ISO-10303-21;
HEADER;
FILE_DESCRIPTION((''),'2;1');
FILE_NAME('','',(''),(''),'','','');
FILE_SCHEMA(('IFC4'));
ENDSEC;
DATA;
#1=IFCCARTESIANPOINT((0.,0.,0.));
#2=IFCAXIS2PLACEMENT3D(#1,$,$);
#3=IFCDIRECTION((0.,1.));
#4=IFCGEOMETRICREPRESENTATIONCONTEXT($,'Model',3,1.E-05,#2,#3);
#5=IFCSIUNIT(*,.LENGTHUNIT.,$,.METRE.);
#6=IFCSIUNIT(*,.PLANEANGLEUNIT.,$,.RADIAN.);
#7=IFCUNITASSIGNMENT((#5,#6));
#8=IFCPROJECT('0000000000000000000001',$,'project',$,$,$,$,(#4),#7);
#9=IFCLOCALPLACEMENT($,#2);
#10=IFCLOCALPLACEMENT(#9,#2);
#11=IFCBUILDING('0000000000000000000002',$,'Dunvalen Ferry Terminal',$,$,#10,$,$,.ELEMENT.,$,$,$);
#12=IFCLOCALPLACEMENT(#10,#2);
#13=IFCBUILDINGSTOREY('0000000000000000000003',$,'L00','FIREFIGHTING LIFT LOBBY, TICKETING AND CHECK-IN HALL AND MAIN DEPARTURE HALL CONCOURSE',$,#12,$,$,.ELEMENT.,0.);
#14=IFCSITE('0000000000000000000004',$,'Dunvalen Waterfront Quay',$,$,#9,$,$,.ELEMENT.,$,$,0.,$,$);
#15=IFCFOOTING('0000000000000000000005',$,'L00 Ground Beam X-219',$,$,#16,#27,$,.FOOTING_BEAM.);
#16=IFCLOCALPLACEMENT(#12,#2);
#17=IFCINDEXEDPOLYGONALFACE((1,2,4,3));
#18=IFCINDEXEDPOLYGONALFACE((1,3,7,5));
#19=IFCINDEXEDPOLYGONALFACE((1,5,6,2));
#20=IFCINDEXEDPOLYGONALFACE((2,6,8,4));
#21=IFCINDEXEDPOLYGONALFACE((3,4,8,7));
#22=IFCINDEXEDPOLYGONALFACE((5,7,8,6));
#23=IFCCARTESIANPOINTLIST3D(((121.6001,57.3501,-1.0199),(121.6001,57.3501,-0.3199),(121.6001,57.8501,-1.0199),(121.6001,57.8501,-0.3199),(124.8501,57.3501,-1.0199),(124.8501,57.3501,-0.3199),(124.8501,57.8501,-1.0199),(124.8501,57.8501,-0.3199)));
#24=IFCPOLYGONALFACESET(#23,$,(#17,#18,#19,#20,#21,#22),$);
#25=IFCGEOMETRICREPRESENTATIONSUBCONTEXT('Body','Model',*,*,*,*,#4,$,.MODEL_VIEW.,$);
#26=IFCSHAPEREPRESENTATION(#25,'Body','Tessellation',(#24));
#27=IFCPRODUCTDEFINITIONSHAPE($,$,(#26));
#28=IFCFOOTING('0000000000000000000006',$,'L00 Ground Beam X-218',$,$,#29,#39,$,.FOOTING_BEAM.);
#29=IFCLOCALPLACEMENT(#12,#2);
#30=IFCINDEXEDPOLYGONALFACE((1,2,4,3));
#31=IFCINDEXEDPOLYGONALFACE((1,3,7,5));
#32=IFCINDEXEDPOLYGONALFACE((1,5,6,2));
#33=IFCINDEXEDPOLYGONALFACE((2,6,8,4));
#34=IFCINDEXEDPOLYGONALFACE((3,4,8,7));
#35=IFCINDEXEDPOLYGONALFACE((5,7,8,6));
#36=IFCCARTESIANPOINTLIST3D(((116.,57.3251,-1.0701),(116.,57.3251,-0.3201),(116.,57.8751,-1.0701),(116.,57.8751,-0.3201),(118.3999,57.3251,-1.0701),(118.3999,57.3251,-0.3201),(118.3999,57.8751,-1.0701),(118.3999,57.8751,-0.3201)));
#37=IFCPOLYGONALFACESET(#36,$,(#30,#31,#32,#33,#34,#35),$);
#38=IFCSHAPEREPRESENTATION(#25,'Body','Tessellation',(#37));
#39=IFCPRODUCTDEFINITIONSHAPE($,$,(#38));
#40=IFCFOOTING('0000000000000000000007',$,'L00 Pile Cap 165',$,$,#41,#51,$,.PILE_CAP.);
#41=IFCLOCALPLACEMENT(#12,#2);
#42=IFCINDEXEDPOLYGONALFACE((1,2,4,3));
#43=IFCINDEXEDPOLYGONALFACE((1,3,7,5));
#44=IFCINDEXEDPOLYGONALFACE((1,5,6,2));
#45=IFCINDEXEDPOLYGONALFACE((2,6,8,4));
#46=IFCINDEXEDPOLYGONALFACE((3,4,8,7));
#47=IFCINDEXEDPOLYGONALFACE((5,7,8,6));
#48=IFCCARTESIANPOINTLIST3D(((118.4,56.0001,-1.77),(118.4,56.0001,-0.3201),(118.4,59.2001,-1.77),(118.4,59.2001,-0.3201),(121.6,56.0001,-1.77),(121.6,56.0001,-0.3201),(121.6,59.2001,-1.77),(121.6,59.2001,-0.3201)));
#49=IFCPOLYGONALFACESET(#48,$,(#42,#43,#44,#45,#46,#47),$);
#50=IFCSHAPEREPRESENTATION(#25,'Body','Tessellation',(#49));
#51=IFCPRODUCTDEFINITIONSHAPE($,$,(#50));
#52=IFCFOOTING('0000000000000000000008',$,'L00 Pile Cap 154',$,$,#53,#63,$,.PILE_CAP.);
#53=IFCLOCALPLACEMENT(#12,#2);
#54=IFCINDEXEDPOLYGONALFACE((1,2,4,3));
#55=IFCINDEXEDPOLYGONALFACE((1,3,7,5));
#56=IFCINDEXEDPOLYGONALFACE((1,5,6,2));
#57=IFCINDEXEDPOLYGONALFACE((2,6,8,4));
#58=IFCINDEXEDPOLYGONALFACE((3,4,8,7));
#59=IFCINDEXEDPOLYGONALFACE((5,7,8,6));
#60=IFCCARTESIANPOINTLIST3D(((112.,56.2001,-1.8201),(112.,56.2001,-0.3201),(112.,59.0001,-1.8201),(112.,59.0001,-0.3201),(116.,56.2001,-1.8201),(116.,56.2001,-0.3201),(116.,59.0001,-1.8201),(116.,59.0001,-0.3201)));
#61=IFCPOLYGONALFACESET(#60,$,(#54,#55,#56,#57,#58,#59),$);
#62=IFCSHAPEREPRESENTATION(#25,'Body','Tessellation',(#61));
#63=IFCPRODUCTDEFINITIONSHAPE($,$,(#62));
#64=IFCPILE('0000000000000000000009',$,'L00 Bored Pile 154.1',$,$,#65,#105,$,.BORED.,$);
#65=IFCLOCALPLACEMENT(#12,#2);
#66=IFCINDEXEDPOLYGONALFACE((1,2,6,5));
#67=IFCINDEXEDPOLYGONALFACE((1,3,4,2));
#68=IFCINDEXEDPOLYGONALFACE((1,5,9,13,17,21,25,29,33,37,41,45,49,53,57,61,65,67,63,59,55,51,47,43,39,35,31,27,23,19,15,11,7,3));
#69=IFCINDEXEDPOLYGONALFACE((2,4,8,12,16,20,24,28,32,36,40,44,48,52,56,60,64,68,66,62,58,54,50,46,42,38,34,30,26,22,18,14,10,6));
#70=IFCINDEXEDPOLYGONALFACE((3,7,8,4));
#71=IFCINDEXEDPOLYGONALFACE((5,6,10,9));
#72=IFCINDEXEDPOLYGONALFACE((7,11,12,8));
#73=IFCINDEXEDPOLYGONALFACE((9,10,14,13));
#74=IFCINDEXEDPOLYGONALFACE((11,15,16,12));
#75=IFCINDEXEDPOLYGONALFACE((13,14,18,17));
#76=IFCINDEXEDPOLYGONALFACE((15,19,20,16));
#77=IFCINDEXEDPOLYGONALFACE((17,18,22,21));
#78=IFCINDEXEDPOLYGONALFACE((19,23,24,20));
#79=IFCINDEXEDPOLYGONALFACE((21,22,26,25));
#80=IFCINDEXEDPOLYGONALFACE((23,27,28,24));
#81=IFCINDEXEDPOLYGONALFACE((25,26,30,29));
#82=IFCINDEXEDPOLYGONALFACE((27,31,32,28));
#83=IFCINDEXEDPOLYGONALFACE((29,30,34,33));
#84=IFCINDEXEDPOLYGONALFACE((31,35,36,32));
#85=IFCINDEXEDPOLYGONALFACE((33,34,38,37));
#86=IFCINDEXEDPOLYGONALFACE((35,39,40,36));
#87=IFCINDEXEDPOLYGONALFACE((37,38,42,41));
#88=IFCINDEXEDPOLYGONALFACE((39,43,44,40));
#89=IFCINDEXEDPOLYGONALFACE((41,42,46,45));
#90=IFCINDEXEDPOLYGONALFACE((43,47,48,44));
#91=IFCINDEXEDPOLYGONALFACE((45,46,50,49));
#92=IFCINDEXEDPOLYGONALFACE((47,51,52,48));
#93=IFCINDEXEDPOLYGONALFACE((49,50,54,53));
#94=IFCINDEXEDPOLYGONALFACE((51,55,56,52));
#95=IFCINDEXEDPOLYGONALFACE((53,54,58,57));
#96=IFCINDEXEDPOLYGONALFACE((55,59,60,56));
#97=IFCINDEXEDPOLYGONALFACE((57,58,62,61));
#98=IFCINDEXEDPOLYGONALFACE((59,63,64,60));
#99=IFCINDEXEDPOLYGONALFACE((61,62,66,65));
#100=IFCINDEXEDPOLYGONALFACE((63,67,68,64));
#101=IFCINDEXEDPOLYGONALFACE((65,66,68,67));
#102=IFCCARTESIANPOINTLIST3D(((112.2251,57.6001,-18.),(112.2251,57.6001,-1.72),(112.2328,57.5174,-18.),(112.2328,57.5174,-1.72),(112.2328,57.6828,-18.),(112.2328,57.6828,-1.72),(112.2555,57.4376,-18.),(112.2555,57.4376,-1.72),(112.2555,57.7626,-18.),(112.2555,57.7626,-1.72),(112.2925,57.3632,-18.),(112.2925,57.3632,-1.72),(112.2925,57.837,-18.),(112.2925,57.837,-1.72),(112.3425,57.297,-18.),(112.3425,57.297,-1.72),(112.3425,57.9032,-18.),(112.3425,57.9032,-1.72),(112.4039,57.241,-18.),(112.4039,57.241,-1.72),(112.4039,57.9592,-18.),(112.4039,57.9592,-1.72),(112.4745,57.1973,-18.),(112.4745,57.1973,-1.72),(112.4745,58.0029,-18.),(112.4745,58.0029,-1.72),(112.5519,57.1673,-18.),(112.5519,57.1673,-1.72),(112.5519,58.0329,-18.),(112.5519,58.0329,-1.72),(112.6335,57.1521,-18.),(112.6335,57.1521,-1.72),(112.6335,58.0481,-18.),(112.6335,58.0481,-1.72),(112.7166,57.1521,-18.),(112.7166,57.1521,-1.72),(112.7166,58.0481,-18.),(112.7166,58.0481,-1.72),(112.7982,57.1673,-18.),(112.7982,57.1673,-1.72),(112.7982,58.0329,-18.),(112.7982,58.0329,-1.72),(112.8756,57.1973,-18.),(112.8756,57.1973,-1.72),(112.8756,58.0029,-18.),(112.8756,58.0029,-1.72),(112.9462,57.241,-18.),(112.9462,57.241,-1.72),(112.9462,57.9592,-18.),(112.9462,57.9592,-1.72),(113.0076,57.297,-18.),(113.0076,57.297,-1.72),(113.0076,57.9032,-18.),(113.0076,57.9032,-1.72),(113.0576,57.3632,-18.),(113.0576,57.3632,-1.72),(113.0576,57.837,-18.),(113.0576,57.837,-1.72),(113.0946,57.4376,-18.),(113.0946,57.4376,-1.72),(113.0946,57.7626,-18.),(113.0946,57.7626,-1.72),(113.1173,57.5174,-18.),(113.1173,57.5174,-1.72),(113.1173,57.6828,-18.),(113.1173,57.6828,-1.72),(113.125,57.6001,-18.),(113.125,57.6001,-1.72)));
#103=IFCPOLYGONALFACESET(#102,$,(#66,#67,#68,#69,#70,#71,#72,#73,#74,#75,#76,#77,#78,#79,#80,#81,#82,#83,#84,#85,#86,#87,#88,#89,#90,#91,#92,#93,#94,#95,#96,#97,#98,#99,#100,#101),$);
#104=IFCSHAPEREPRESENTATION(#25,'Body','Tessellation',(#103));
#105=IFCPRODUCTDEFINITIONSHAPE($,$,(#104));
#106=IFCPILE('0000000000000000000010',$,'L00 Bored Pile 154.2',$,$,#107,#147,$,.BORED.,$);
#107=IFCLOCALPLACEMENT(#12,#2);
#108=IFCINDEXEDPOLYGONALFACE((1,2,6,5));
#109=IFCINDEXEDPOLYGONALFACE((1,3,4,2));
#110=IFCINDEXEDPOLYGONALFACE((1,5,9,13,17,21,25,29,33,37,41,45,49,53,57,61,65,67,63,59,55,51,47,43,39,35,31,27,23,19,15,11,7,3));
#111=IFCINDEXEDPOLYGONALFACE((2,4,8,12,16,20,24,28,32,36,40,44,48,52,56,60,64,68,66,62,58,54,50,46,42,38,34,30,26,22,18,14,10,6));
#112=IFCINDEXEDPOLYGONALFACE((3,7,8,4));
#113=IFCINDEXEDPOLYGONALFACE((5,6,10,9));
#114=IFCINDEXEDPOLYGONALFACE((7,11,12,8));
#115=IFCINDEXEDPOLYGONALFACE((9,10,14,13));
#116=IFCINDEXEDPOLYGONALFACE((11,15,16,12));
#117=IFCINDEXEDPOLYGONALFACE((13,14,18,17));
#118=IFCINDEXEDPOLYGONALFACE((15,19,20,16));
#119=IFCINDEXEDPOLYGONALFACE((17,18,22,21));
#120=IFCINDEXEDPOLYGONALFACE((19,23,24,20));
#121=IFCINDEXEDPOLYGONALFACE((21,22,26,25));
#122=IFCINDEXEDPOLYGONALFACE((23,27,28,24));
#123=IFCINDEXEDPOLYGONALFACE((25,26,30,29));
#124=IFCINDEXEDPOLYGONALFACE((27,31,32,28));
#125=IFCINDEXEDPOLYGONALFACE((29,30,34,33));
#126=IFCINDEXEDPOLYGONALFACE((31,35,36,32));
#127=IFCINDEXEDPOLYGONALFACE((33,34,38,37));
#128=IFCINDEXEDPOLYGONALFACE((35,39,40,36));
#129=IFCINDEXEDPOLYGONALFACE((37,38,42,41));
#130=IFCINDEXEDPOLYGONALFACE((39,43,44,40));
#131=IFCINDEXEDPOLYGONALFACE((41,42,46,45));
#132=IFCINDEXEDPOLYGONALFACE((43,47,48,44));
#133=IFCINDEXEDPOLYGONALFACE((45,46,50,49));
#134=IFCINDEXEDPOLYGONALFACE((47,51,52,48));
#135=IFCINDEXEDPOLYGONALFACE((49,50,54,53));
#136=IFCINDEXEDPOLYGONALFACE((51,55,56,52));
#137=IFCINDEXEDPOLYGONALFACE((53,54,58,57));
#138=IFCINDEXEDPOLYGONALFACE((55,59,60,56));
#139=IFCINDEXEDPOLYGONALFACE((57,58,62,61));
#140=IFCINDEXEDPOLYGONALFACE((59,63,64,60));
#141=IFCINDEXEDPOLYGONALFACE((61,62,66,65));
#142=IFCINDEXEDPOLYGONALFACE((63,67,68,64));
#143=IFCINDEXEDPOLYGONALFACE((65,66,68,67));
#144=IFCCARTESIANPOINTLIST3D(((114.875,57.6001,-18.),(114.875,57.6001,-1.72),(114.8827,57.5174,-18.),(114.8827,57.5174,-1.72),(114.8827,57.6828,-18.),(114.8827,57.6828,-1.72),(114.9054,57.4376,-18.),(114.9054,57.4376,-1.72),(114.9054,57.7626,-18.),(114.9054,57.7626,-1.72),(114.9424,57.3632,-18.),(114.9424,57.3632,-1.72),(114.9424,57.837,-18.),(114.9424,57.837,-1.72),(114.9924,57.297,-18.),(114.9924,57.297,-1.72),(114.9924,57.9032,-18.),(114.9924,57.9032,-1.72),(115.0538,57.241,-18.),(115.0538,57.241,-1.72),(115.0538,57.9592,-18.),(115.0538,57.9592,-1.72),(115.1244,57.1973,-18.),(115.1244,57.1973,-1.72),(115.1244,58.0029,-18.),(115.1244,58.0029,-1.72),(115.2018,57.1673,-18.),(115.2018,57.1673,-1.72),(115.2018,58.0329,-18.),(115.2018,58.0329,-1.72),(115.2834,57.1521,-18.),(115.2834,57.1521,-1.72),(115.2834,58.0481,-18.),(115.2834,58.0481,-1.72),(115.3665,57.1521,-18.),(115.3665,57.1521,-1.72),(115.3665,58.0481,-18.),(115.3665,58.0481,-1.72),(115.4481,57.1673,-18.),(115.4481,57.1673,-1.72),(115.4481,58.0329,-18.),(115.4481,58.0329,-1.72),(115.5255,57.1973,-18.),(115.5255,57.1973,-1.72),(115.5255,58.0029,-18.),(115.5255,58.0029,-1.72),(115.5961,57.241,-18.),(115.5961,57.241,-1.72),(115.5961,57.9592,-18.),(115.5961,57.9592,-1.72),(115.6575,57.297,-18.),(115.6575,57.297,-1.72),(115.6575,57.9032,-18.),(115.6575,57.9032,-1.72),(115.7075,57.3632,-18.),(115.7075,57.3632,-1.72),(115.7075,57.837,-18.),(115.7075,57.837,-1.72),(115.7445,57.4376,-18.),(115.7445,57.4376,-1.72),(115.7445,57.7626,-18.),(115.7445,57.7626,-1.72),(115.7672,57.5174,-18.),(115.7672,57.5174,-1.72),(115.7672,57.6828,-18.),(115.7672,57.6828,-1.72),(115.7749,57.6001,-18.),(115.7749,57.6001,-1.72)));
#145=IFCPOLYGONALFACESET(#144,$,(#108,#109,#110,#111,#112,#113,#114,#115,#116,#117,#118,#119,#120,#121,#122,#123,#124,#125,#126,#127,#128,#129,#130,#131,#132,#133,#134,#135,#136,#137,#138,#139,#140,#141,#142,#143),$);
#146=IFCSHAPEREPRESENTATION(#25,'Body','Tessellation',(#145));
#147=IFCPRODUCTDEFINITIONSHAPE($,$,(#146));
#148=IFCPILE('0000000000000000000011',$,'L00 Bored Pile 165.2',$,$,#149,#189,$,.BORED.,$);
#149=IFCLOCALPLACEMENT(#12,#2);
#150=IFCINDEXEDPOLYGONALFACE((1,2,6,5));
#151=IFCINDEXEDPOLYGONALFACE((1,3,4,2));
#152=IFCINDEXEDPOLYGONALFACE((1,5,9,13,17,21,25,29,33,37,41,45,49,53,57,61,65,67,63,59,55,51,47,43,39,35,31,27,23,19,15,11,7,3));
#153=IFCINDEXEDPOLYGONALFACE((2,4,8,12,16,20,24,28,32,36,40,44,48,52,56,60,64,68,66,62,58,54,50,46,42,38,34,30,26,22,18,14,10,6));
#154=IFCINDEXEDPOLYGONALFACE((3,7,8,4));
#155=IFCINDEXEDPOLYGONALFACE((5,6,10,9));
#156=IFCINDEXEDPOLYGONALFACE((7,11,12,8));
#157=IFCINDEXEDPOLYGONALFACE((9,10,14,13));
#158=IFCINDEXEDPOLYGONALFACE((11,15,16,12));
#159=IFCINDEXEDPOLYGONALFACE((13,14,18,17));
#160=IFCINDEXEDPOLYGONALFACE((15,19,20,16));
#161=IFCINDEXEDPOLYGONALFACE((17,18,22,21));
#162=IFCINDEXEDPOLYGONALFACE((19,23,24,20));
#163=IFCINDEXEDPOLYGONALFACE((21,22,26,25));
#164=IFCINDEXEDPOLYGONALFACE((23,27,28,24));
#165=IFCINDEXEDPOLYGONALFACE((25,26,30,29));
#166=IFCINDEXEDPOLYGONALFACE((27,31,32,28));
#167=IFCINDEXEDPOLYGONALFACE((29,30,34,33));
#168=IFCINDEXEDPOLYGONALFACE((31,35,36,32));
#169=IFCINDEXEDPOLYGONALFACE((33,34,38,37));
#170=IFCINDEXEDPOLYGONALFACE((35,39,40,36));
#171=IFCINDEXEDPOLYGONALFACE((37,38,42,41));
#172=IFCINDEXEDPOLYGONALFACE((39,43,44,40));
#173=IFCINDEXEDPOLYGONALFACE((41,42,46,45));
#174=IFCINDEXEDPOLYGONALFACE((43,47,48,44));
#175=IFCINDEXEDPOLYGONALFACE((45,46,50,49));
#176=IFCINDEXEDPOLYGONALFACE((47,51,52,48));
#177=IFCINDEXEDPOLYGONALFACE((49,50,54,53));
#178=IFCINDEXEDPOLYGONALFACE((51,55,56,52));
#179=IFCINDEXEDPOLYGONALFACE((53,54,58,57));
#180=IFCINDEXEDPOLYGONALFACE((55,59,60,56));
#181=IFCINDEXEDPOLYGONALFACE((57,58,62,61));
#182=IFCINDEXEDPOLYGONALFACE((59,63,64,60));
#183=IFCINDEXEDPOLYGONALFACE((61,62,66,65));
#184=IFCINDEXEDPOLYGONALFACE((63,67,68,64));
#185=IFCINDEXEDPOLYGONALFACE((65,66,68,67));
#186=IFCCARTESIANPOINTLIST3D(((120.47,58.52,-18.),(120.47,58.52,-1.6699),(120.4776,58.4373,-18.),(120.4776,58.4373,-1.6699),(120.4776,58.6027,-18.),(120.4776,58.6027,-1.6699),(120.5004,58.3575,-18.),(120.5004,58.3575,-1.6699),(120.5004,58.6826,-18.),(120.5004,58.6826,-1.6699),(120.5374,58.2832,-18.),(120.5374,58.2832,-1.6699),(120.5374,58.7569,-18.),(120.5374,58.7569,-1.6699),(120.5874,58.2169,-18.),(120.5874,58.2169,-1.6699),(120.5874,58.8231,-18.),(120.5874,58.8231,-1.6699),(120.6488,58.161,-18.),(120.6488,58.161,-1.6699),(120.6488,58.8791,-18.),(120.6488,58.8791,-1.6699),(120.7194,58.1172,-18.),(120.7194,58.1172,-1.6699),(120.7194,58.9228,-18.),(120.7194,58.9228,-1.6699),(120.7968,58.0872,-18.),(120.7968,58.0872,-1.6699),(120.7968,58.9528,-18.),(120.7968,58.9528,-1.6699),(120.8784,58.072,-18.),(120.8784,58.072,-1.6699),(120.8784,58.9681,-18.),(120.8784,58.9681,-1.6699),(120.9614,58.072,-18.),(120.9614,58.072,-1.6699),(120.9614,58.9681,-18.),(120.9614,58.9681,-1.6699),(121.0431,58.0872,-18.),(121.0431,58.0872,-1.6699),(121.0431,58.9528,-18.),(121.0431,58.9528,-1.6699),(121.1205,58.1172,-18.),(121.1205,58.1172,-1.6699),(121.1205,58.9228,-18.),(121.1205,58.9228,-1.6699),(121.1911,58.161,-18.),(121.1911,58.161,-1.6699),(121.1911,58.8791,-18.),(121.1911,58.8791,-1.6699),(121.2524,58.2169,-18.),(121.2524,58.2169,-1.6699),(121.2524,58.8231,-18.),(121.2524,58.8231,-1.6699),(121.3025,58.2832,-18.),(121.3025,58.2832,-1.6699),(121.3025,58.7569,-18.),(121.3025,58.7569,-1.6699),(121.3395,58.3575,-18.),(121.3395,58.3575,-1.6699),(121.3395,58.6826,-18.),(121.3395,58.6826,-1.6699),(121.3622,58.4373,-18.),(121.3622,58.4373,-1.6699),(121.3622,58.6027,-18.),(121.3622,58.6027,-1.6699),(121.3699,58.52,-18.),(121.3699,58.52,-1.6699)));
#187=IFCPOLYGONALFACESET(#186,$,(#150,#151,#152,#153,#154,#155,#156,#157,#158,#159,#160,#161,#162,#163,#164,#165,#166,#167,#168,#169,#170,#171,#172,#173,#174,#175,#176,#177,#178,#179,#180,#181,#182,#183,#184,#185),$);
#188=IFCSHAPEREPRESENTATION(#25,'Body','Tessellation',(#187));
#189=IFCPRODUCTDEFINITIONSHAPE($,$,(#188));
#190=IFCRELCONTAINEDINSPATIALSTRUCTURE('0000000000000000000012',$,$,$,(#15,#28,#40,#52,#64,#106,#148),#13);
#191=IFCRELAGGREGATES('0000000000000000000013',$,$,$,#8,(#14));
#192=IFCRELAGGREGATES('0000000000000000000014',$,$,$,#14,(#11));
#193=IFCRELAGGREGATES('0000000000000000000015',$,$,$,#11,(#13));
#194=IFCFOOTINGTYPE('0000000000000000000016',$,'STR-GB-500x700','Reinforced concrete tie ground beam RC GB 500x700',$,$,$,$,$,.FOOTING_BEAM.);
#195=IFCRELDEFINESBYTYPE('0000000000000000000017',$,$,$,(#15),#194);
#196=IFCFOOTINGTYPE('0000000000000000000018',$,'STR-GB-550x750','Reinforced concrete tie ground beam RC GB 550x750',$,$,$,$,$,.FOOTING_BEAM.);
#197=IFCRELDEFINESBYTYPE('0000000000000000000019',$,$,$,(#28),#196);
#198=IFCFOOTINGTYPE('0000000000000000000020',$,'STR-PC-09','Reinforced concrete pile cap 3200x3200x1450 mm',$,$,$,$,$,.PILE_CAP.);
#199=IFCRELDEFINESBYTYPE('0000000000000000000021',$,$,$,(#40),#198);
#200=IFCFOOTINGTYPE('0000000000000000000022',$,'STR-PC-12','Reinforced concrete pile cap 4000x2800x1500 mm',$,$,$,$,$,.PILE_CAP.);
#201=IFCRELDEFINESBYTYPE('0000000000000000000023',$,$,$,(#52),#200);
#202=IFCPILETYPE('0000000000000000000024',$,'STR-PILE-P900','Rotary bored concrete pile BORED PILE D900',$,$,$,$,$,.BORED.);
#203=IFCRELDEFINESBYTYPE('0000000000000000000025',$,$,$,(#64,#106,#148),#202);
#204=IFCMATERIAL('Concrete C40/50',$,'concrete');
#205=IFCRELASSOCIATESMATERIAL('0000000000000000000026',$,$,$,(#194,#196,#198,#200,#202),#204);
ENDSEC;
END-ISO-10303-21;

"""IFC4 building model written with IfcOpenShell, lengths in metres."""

from ifc_helpers import new_model, si_unit, direction, frame, origin, origin_2d, place, context, subcontext, project, spatial, rectangle, circle, extrude, material, material_profile, profile_set, type_object, element, save


model = new_model("IFC4")

# Units and contexts
model_context = context("Model", 3, precision=1e-05, world=origin(), true_north=direction((0.0, 1.0)))
body_context = subcontext(model_context, "Body", "Model", "MODEL_VIEW")
ifc_project = project(units=[si_unit("LENGTHUNIT", "METRE"), si_unit("PLANEANGLEUNIT", "RADIAN")], contexts=[model_context])

# Site, building, storey
site_placement = place(None, origin())
site = spatial("IfcSite", under=ifc_project, at=site_placement, Name="Dunvalen Waterfront Quay", CompositionType="ELEMENT", RefElevation=0.0)
building_placement = place(site_placement, origin())
building = spatial("IfcBuilding", under=site, at=building_placement, Name="Dunvalen Ferry Terminal", CompositionType="ELEMENT")
storey_placement = place(building_placement, origin())
storey = spatial("IfcBuildingStorey", under=building, at=storey_placement, Name="L00", Description="FIREFIGHTING LIFT LOBBY, TICKETING AND CHECK-IN HALL AND MAIN DEPARTURE HALL CONCOURSE", CompositionType="ELEMENT", Elevation=0.0)

# Footings
ifc_material_1 = material(Name="Concrete C40/50", Category="concrete")
ifc_material_profile_1 = material_profile(ifc_material_1, rectangle(XDim=0.5, YDim=0.7, at=origin_2d()), Name="Concrete C40/50")
ifc_profile_set_1 = profile_set([ifc_material_profile_1], Name="Concrete C40/50")
footing_type_1 = type_object("IfcFootingType", Name="STR-GB-500x700", Description="Reinforced concrete tie ground beam RC GB 500x700", PredefinedType="FOOTING_BEAM", material=ifc_profile_set_1)
footing_1_placement = place(storey_placement, frame((121.6001, 57.6001, -0.6699), z_axis=(1.0, 0.0, 0.0), x_axis=(0.0, 1.0, 0.0)))
element("IfcFooting", 1, at=footing_1_placement, inside=storey, type_object=footing_type_1, Name="L00 Ground Beam X-219", PredefinedType="FOOTING_BEAM", context=body_context, shape_type="SweptSolid", body=[
    extrude(rectangle(XDim=0.5, YDim=0.7, at=origin_2d()), origin(), (0.0, 0.0, 1.0), 3.25),
])
ifc_material_profile_2 = material_profile(ifc_material_1, rectangle(XDim=0.55, YDim=0.75, at=origin_2d()), Name="Concrete C40/50")
ifc_profile_set_2 = profile_set([ifc_material_profile_2], Name="Concrete C40/50")
footing_type_2 = type_object("IfcFootingType", Name="STR-GB-550x750", Description="Reinforced concrete tie ground beam RC GB 550x750", PredefinedType="FOOTING_BEAM", material=ifc_profile_set_2)
footing_2_placement = place(storey_placement, frame((116.0, 57.6001, -0.6951), z_axis=(1.0, 0.0, 0.0), x_axis=(0.0, 1.0, 0.0)))
element("IfcFooting", 2, at=footing_2_placement, inside=storey, type_object=footing_type_2, Name="L00 Ground Beam X-218", PredefinedType="FOOTING_BEAM", context=body_context, shape_type="SweptSolid", body=[
    extrude(rectangle(XDim=0.55, YDim=0.75, at=origin_2d()), origin(), (0.0, 0.0, 1.0), 2.3999),
])
footing_type_3 = type_object("IfcFootingType", Name="STR-PC-09", Description="Reinforced concrete pile cap 3200x3200x1450 mm", PredefinedType="PILE_CAP", material=ifc_material_1)
footing_3_placement = place(storey_placement, frame((120.0, 57.6001, -1.77), z_axis=(0.0, 0.0, 1.0), x_axis=(1.0, 0.0, 0.0)))
element("IfcFooting", 3, at=footing_3_placement, inside=storey, type_object=footing_type_3, Name="L00 Pile Cap 165", PredefinedType="PILE_CAP", context=body_context, shape_type="SweptSolid", body=[
    extrude(rectangle(XDim=3.2, YDim=3.2, at=origin_2d()), origin(), (0.0, 0.0, 1.0), 1.45),
])
footing_type_4 = type_object("IfcFootingType", Name="STR-PC-12", Description="Reinforced concrete pile cap 4000x2800x1500 mm", PredefinedType="PILE_CAP", material=ifc_material_1)
footing_4_placement = place(storey_placement, frame((114.0, 57.6001, -1.8201), z_axis=(0.0, 0.0, 1.0), x_axis=(1.0, 0.0, 0.0)))
element("IfcFooting", 4, at=footing_4_placement, inside=storey, type_object=footing_type_4, Name="L00 Pile Cap 154", PredefinedType="PILE_CAP", context=body_context, shape_type="SweptSolid", body=[
    extrude(rectangle(XDim=4.0, YDim=2.8, at=origin_2d()), origin(), (0.0, 0.0, 1.0), 1.5),
])

# Piles
ifc_material_profile_3 = material_profile(ifc_material_1, circle(Radius=0.45, at=origin_2d()), Name="Concrete C40/50")
ifc_profile_set_3 = profile_set([ifc_material_profile_3], Name="Concrete C40/50")
pile_type = type_object("IfcPileType", Name="STR-PILE-P900", Description="Rotary bored concrete pile BORED PILE D900", PredefinedType="BORED", material=ifc_profile_set_3)
for number, where, z_axis, x_axis, name in (
    (5, (112.675, 57.6001, -1.72), (0.0, 0.0, -1.0), (1.0, 0.0, 0.0), "L00 Bored Pile 154.1"),
    (6, (115.325, 57.6001, -1.72), (0.0, 0.0, -1.0), (1.0, 0.0, 0.0), "L00 Bored Pile 154.2"),
):
    element("IfcPile", number, at=place(storey_placement, frame(where, z_axis=z_axis, x_axis=x_axis)), inside=storey, type_object=pile_type, Name=name, PredefinedType="BORED", context=body_context, shape_type="SweptSolid", body=[
        extrude(circle(Radius=0.45, at=origin_2d()), origin(), (0.0, 0.0, 1.0), 16.28),
    ])
pile_placement = place(storey_placement, frame((120.9199, 58.52, -1.6699), z_axis=(0.0, 0.0, -1.0), x_axis=(1.0, 0.0, 0.0)))
element("IfcPile", 7, at=pile_placement, inside=storey, type_object=pile_type, Name="L00 Bored Pile 165.2", PredefinedType="BORED", context=body_context, shape_type="SweptSolid", body=[
    extrude(circle(Radius=0.45, at=origin_2d()), origin(), (0.0, 0.0, 1.0), 16.3301),
])

save(model, "model.ifc")
